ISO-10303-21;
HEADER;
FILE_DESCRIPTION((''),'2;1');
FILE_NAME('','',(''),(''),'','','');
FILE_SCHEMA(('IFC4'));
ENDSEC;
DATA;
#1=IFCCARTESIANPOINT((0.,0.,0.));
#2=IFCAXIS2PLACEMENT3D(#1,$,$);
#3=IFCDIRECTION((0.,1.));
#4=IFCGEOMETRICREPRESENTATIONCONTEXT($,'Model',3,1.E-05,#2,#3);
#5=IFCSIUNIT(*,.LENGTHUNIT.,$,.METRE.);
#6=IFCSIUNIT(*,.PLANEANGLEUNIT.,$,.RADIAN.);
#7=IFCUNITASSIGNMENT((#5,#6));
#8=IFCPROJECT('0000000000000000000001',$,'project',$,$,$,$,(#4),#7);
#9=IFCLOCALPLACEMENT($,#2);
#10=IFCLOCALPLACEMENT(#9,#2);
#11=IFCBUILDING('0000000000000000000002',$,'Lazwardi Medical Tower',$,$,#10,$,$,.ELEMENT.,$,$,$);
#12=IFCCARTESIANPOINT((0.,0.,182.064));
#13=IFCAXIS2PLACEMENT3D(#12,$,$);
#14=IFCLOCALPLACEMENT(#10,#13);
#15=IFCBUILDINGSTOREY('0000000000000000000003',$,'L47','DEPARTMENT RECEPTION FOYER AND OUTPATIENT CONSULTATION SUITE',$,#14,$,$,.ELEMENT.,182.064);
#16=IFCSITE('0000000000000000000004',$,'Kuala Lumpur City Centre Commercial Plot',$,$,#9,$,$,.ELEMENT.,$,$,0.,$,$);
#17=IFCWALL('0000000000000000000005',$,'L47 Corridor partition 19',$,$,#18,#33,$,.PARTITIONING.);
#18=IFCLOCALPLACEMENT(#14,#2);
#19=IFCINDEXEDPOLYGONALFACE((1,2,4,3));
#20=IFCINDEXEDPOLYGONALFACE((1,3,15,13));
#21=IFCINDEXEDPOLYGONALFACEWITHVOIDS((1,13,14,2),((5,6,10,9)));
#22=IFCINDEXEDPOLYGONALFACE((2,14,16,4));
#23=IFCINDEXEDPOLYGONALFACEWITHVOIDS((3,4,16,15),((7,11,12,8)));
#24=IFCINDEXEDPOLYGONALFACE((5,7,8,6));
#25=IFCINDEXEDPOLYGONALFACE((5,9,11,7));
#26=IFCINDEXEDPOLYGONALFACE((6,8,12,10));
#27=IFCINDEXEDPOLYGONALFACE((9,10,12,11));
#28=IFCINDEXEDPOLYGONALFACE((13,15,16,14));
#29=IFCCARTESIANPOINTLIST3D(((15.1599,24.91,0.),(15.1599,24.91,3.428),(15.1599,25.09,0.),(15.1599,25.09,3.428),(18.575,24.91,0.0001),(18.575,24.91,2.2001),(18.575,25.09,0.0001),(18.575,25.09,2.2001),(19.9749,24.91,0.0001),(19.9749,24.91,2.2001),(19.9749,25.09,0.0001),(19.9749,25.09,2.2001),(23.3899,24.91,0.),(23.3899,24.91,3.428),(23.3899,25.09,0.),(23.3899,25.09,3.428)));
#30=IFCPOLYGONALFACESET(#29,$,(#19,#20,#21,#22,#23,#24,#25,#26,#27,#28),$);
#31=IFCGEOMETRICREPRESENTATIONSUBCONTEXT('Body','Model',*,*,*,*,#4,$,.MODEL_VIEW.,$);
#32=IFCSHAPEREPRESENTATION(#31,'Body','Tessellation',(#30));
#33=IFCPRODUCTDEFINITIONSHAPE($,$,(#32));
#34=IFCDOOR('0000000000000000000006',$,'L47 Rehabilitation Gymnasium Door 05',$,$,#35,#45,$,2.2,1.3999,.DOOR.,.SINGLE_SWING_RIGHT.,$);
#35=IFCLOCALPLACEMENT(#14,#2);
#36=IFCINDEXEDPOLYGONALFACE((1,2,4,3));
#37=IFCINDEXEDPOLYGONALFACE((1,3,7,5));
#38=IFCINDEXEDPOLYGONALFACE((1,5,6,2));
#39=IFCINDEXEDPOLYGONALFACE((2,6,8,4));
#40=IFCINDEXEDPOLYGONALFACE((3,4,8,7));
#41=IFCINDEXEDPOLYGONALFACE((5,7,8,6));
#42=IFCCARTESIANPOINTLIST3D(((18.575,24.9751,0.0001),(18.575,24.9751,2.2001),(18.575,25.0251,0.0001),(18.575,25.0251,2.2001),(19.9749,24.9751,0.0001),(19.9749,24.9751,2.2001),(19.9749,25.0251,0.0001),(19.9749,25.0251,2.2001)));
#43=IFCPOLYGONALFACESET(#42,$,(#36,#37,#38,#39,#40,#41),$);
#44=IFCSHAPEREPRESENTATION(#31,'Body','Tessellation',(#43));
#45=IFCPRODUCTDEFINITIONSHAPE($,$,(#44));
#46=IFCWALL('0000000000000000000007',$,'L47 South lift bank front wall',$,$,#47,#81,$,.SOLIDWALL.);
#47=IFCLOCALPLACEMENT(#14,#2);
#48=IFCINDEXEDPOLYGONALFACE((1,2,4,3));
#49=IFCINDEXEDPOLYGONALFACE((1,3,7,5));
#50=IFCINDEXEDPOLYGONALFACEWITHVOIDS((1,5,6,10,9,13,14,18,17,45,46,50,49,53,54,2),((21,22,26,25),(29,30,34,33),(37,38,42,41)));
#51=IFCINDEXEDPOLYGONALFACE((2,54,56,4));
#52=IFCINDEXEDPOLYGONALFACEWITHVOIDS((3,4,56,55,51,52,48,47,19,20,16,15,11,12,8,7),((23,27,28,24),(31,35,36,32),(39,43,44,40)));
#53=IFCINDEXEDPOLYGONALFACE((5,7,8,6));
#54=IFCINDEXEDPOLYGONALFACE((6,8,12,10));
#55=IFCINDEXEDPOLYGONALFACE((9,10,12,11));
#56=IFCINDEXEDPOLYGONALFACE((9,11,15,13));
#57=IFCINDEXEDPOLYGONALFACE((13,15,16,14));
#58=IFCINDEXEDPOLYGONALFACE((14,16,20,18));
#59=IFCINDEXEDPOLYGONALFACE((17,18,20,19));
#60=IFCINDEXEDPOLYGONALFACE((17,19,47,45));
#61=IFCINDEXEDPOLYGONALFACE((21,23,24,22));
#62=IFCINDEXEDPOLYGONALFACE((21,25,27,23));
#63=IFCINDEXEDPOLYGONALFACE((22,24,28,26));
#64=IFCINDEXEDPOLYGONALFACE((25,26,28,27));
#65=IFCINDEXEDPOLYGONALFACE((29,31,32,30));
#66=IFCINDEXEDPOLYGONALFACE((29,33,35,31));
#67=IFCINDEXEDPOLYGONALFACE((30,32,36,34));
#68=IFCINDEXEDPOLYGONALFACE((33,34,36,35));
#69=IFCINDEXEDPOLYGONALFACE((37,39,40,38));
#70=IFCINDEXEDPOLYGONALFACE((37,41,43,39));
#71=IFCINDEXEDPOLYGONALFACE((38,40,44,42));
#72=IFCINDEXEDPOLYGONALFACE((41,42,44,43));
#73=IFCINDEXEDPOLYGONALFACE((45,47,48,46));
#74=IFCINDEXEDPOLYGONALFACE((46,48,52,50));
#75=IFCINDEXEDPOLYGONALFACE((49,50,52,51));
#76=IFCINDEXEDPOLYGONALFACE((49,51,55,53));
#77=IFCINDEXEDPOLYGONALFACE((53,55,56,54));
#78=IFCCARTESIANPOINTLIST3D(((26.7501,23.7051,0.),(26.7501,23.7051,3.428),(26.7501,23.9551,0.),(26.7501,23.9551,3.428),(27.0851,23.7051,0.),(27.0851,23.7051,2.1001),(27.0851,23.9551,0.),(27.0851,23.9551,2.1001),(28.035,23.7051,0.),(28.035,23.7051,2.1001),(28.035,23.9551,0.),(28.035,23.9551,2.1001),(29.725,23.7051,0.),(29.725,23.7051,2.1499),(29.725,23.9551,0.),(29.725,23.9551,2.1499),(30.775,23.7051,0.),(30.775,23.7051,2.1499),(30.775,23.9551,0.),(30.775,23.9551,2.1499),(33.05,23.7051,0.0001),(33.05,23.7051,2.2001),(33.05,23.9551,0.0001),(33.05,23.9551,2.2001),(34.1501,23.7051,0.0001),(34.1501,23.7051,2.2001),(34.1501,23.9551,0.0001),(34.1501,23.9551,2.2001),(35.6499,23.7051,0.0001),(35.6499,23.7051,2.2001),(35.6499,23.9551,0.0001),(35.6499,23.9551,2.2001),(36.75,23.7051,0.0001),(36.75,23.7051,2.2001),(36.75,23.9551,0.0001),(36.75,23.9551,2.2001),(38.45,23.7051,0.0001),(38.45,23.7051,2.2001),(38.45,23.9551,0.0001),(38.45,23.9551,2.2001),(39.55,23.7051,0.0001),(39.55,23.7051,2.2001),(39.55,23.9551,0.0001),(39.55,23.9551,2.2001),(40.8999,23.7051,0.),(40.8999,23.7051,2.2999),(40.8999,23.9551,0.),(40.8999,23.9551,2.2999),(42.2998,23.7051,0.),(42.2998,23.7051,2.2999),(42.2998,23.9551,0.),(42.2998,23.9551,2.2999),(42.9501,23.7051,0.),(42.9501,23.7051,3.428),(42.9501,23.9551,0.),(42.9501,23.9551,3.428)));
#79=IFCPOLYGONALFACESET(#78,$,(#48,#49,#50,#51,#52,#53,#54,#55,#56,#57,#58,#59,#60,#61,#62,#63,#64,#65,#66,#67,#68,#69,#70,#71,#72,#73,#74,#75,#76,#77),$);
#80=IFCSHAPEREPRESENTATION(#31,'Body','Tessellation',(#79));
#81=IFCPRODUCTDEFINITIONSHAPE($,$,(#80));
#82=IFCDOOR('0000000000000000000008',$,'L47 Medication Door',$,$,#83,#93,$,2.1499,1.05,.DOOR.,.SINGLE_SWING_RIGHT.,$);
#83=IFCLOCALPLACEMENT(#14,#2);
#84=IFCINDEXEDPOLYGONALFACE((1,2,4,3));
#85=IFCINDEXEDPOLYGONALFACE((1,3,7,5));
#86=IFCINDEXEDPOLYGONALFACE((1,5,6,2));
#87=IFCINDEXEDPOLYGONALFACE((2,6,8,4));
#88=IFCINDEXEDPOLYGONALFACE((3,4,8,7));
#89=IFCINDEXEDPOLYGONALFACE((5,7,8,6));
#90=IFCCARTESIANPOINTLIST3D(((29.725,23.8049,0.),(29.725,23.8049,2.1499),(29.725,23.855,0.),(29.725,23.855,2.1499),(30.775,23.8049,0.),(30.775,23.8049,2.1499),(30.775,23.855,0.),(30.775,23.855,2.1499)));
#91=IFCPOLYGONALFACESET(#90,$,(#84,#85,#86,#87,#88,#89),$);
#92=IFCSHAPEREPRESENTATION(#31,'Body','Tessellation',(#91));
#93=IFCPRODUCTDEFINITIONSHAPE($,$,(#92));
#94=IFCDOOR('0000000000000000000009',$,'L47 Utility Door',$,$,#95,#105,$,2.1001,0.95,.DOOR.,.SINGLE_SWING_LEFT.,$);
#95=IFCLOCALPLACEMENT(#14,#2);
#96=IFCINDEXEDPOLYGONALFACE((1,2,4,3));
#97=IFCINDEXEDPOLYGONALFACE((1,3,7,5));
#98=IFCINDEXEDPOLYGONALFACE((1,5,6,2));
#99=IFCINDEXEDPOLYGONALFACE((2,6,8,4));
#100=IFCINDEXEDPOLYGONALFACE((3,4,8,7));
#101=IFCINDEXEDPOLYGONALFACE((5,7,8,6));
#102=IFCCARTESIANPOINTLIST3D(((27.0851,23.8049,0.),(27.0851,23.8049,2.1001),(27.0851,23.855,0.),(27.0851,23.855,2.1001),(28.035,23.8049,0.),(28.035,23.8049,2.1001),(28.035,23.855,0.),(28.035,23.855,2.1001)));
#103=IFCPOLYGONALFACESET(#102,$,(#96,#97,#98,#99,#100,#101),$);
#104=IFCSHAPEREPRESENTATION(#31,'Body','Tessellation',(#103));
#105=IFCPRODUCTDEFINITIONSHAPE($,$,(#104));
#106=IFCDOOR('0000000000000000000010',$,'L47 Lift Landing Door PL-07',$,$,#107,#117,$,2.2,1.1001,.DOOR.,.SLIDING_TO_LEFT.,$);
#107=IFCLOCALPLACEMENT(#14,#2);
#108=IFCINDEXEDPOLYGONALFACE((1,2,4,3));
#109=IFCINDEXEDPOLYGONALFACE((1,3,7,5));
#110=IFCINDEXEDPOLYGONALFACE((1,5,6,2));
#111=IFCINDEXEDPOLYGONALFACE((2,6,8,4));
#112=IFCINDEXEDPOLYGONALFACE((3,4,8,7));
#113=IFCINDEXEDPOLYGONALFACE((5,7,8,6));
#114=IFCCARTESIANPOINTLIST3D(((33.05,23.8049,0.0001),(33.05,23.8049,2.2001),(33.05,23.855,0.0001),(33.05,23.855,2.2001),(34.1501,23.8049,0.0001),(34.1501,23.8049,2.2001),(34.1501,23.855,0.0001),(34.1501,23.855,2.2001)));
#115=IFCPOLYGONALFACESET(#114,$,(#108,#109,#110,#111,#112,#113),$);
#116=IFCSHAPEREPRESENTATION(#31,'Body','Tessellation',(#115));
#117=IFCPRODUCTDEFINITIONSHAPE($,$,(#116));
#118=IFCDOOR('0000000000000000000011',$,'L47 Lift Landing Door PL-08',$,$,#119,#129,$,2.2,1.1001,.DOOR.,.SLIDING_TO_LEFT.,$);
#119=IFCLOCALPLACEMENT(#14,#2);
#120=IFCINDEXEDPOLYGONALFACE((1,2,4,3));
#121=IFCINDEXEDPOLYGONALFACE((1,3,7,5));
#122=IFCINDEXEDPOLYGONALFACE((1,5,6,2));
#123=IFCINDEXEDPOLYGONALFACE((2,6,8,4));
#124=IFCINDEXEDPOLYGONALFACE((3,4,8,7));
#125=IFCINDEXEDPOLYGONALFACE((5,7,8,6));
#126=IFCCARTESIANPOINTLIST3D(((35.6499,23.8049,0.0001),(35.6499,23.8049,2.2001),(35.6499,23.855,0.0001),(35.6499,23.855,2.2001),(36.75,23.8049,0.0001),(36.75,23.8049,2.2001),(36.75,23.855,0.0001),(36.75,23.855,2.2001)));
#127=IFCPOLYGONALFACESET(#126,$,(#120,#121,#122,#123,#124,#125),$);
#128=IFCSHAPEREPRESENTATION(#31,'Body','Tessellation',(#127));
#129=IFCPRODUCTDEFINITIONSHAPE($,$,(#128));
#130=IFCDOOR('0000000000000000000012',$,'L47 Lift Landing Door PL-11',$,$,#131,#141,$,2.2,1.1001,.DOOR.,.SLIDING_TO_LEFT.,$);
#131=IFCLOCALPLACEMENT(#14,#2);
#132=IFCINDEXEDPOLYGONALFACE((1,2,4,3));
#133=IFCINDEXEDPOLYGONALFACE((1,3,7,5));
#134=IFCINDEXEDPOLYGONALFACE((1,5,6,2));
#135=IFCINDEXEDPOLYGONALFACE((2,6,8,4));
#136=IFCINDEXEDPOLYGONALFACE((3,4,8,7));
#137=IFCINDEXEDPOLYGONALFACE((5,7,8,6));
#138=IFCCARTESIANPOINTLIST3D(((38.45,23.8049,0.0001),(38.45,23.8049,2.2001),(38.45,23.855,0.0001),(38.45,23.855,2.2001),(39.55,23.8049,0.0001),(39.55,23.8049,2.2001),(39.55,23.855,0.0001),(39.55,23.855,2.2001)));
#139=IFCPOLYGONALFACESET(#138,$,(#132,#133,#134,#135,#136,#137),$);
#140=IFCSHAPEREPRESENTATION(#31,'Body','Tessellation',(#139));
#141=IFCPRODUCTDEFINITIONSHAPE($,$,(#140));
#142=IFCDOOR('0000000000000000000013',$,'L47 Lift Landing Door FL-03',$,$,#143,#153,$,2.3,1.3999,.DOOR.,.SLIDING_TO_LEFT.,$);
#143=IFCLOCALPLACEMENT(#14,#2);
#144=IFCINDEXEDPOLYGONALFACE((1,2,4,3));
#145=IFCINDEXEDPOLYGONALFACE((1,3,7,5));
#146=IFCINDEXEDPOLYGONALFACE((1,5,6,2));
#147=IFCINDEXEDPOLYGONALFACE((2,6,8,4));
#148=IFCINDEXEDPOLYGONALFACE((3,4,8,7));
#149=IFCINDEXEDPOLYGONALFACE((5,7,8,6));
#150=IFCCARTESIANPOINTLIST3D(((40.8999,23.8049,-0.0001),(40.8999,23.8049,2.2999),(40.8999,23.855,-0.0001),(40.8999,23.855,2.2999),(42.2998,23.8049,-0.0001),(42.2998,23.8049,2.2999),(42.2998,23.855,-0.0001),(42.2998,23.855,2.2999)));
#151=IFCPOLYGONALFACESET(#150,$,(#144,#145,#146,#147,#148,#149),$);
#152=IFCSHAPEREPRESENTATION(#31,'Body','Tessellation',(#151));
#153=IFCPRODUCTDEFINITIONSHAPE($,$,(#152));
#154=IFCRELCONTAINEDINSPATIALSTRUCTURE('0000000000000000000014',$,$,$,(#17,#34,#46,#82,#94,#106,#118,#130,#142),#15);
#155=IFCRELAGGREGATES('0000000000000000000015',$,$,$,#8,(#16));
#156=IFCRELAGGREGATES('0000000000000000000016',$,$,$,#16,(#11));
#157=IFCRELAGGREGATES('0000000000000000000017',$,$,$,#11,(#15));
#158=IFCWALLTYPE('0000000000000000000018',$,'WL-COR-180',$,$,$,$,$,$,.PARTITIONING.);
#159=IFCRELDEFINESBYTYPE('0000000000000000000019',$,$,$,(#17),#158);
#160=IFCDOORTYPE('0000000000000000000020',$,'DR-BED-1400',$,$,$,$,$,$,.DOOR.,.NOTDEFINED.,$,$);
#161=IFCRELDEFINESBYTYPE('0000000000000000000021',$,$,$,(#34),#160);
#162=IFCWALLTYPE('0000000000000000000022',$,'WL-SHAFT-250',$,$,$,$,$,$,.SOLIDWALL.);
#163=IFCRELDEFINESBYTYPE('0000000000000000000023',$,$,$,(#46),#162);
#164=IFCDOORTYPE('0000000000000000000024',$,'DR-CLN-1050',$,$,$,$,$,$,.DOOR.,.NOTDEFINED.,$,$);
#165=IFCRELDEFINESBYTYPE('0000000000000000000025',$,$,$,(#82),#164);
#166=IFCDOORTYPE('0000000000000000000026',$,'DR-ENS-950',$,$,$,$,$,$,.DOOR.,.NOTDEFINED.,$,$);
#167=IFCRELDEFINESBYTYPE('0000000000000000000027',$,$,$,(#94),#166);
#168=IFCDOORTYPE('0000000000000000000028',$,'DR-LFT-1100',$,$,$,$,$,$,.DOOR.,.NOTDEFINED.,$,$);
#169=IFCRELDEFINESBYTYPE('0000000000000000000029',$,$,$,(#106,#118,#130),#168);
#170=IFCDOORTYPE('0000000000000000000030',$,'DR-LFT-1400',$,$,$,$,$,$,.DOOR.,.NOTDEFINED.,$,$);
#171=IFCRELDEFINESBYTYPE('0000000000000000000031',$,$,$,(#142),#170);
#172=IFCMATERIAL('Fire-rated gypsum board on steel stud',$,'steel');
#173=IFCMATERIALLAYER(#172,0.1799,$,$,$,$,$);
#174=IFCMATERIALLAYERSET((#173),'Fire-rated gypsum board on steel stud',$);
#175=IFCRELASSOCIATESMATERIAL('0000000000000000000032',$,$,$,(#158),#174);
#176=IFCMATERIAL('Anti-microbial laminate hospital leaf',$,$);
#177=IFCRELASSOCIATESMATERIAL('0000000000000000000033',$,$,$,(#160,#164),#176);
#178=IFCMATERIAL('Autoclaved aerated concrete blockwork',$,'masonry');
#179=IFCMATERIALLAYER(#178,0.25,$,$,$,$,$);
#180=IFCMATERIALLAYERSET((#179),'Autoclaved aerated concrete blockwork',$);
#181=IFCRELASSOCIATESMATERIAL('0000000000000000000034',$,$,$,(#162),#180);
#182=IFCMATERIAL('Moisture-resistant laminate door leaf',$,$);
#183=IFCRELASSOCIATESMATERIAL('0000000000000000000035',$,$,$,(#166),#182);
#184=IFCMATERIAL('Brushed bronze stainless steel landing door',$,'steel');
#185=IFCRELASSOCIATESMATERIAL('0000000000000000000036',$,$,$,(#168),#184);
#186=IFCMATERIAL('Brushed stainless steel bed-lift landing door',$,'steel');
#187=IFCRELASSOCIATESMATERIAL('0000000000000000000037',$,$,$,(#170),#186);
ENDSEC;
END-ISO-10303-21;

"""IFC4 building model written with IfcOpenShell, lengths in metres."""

from ifc_helpers import new_model, si_unit, direction, frame, frame_2d, origin, place, context, subcontext, project, spatial, rectangle, extrude, material, layer, layer_set, type_object, element, fill, save


model = new_model("IFC4")

# Units and contexts
model_context = context("Model", 3, precision=1e-05, world=origin(), true_north=direction((0.0, 1.0)))
body_context = subcontext(model_context, "Body", "Model", "MODEL_VIEW")
ifc_project = project(units=[si_unit("LENGTHUNIT", "METRE"), si_unit("PLANEANGLEUNIT", "RADIAN")], contexts=[model_context])

# Site, building, storey
site_placement = place(None, origin())
site = spatial("IfcSite", under=ifc_project, at=site_placement, Name="Kuala Lumpur City Centre Commercial Plot", CompositionType="ELEMENT", RefElevation=0.0)
building_placement = place(site_placement, origin())
building = spatial("IfcBuilding", under=site, at=building_placement, Name="Lazwardi Medical Tower", CompositionType="ELEMENT")
storey_placement = place(building_placement, frame((0.0, 0.0, 182.064)))
storey = spatial("IfcBuildingStorey", under=building, at=storey_placement, Name="L47", Description="DEPARTMENT RECEPTION FOYER AND OUTPATIENT CONSULTATION SUITE", CompositionType="ELEMENT", Elevation=182.064)

# Wall, opening, door
ifc_material_1 = material(Name="Fire-rated gypsum board on steel stud", Category="steel")
ifc_layer_1 = layer(ifc_material_1, 0.1799)
ifc_layer_set_1 = layer_set([ifc_layer_1], Name="Fire-rated gypsum board on steel stud")
wall_type_1 = type_object("IfcWallType", Name="WL-COR-180", PredefinedType="PARTITIONING", material=ifc_layer_set_1)
wall_1_placement = place(storey_placement, frame((23.3899, 25.0, 0.0), z_axis=(0.0, 0.0, 1.0), x_axis=(-1.0, 0.0, 0.0)))
wall_1 = element("IfcWall", 1, at=wall_1_placement, inside=storey, type_object=wall_type_1, Name="L47 Corridor partition 19", PredefinedType="PARTITIONING", context=body_context, shape_type="SweptSolid", body=[
    extrude(rectangle(XDim=8.23, YDim=0.1799, at=frame_2d((4.115, 0.0))), origin(), (0.0, 0.0, 1.0), 3.428),
])
opening_1_placement = place(wall_1_placement, frame((3.415, 0.0, 0.0)))
opening_1 = element("IfcOpeningElement", 2, at=opening_1_placement, cuts=wall_1, PredefinedType="OPENING", context=body_context, shape_type="SweptSolid", body=[
    extrude(rectangle(XDim=1.3999, YDim=2.2, at=frame_2d((0.7, 1.1001))), frame((0.0, 0.0999, 0.0), z_axis=(0.0, -1.0, 0.0), x_axis=(1.0, 0.0, 0.0)), (0.0, 0.0, 1.0), 0.2),
])
ifc_material_2 = material(Name="Anti-microbial laminate hospital leaf")
door_type_1 = type_object("IfcDoorType", Name="DR-BED-1400", OperationType="NOTDEFINED", PredefinedType="DOOR", material=ifc_material_2)
door_1_placement = place(opening_1_placement, origin())
door_1 = element("IfcDoor", 3, at=door_1_placement, inside=storey, type_object=door_type_1, Name="L47 Rehabilitation Gymnasium Door 05", OperationType="SINGLE_SWING_RIGHT", OverallHeight=2.2, OverallWidth=1.3999, PredefinedType="DOOR", context=body_context, shape_type="SweptSolid", body=[
    extrude(rectangle(XDim=1.3999, YDim=2.2, at=frame_2d((0.7, 1.1001))), frame((0.0, 0.0249, 0.0), z_axis=(0.0, -1.0, 0.0), x_axis=(1.0, 0.0, 0.0)), (0.0, 0.0, 1.0), 0.05),
])
fill(opening_1, door_1)

# Wall, openings, doors
ifc_material_3 = material(Name="Autoclaved aerated concrete blockwork", Category="masonry")
ifc_layer_2 = layer(ifc_material_3, 0.25)
ifc_layer_set_2 = layer_set([ifc_layer_2], Name="Autoclaved aerated concrete blockwork")
wall_type_2 = type_object("IfcWallType", Name="WL-SHAFT-250", PredefinedType="SOLIDWALL", material=ifc_layer_set_2)
wall_2_placement = place(storey_placement, frame((26.75, 23.8301, 0.0), z_axis=(0.0, 0.0, 1.0), x_axis=(1.0, 0.0, 0.0)))
wall_2 = element("IfcWall", 4, at=wall_2_placement, inside=storey, type_object=wall_type_2, Name="L47 South lift bank front wall", PredefinedType="SOLIDWALL", context=body_context, shape_type="SweptSolid", body=[
    extrude(rectangle(XDim=16.2, YDim=0.25, at=frame_2d((8.1001, 0.0))), origin(), (0.0, 0.0, 1.0), 3.428),
])
opening_2_placement = place(wall_2_placement, frame((0.335, 0.0, 0.0)))
opening_2 = element("IfcOpeningElement", 5, at=opening_2_placement, cuts=wall_2, PredefinedType="OPENING", context=body_context, shape_type="SweptSolid", body=[
    extrude(rectangle(XDim=0.95, YDim=2.1001, at=frame_2d((0.4751, 1.05))), frame((0.0, 0.135, 0.0), z_axis=(0.0, -1.0, 0.0), x_axis=(1.0, 0.0, 0.0)), (0.0, 0.0, 1.0), 0.27),
])
opening_3_placement = place(wall_2_placement, frame((2.9751, 0.0, 0.0)))
opening_3 = element("IfcOpeningElement", 6, at=opening_3_placement, cuts=wall_2, PredefinedType="OPENING", context=body_context, shape_type="SweptSolid", body=[
    extrude(rectangle(XDim=1.05, YDim=2.1499, at=frame_2d((0.5249, 1.075))), frame((0.0, 0.135, 0.0), z_axis=(0.0, -1.0, 0.0), x_axis=(1.0, 0.0, 0.0)), (0.0, 0.0, 1.0), 0.27),
])
opening_4_placement = place(wall_2_placement, frame((6.3, 0.0, 0.0)))
opening_4 = element("IfcOpeningElement", 7, at=opening_4_placement, cuts=wall_2, PredefinedType="OPENING", context=body_context, shape_type="SweptSolid", body=[
    extrude(rectangle(XDim=1.1001, YDim=2.2, at=frame_2d((0.55, 1.1001))), frame((0.0, 0.135, 0.0), z_axis=(0.0, -1.0, 0.0), x_axis=(1.0, 0.0, 0.0)), (0.0, 0.0, 1.0), 0.27),
])
opening_5_placement = place(wall_2_placement, frame((8.8999, 0.0, 0.0)))
opening_5 = element("IfcOpeningElement", 8, at=opening_5_placement, cuts=wall_2, PredefinedType="OPENING", context=body_context, shape_type="SweptSolid", body=[
    extrude(rectangle(XDim=1.1001, YDim=2.2, at=frame_2d((0.55, 1.1001))), frame((0.0, 0.135, 0.0), z_axis=(0.0, -1.0, 0.0), x_axis=(1.0, 0.0, 0.0)), (0.0, 0.0, 1.0), 0.27),
])
opening_6_placement = place(wall_2_placement, frame((11.7, 0.0, 0.0)))
opening_6 = element("IfcOpeningElement", 9, at=opening_6_placement, cuts=wall_2, PredefinedType="OPENING", context=body_context, shape_type="SweptSolid", body=[
    extrude(rectangle(XDim=1.1001, YDim=2.2, at=frame_2d((0.55, 1.1001))), frame((0.0, 0.135, 0.0), z_axis=(0.0, -1.0, 0.0), x_axis=(1.0, 0.0, 0.0)), (0.0, 0.0, 1.0), 0.27),
])
opening_7_placement = place(wall_2_placement, frame((14.1499, 0.0, 0.0)))
opening_7 = element("IfcOpeningElement", 10, at=opening_7_placement, cuts=wall_2, PredefinedType="OPENING", context=body_context, shape_type="SweptSolid", body=[
    extrude(rectangle(XDim=1.3999, YDim=2.3, at=frame_2d((0.7, 1.1499))), frame((0.0, 0.135, 0.0), z_axis=(0.0, -1.0, 0.0), x_axis=(1.0, 0.0, 0.0)), (0.0, 0.0, 1.0), 0.27),
])
door_type_2 = type_object("IfcDoorType", Name="DR-CLN-1050", OperationType="NOTDEFINED", PredefinedType="DOOR", material=ifc_material_2)
door_2_placement = place(opening_3_placement, origin())
door_2 = element("IfcDoor", 11, at=door_2_placement, inside=storey, type_object=door_type_2, Name="L47 Medication Door", OperationType="SINGLE_SWING_RIGHT", OverallHeight=2.1499, OverallWidth=1.05, PredefinedType="DOOR", context=body_context, shape_type="SweptSolid", body=[
    extrude(rectangle(XDim=1.05, YDim=2.1499, at=frame_2d((0.5249, 1.075))), frame((0.0, 0.0249, 0.0), z_axis=(0.0, -1.0, 0.0), x_axis=(1.0, 0.0, 0.0)), (0.0, 0.0, 1.0), 0.05),
])
fill(opening_3, door_2)
ifc_material_4 = material(Name="Moisture-resistant laminate door leaf")
door_type_3 = type_object("IfcDoorType", Name="DR-ENS-950", OperationType="NOTDEFINED", PredefinedType="DOOR", material=ifc_material_4)
door_3_placement = place(opening_2_placement, origin())
door_3 = element("IfcDoor", 12, at=door_3_placement, inside=storey, type_object=door_type_3, Name="L47 Utility Door", OperationType="SINGLE_SWING_LEFT", OverallHeight=2.1001, OverallWidth=0.95, PredefinedType="DOOR", context=body_context, shape_type="SweptSolid", body=[
    extrude(rectangle(XDim=0.95, YDim=2.1001, at=frame_2d((0.4751, 1.05))), frame((0.0, 0.0249, 0.0), z_axis=(0.0, -1.0, 0.0), x_axis=(1.0, 0.0, 0.0)), (0.0, 0.0, 1.0), 0.05),
])
fill(opening_2, door_3)
ifc_material_5 = material(Name="Brushed bronze stainless steel landing door", Category="steel")
door_type_4 = type_object("IfcDoorType", Name="DR-LFT-1100", OperationType="NOTDEFINED", PredefinedType="DOOR", material=ifc_material_5)
door_4_placement = place(opening_4_placement, origin())
door_4 = element("IfcDoor", 13, at=door_4_placement, inside=storey, type_object=door_type_4, Name="L47 Lift Landing Door PL-07", OperationType="SLIDING_TO_LEFT", OverallHeight=2.2, OverallWidth=1.1001, PredefinedType="DOOR", context=body_context, shape_type="SweptSolid", body=[
    extrude(rectangle(XDim=1.1001, YDim=2.2, at=frame_2d((0.55, 1.1001))), frame((0.0, 0.0249, 0.0), z_axis=(0.0, -1.0, 0.0), x_axis=(1.0, 0.0, 0.0)), (0.0, 0.0, 1.0), 0.05),
])
fill(opening_4, door_4)
door_5_placement = place(opening_5_placement, origin())
door_5 = element("IfcDoor", 14, at=door_5_placement, inside=storey, type_object=door_type_4, Name="L47 Lift Landing Door PL-08", OperationType="SLIDING_TO_LEFT", OverallHeight=2.2, OverallWidth=1.1001, PredefinedType="DOOR", context=body_context, shape_type="SweptSolid", body=[
    extrude(rectangle(XDim=1.1001, YDim=2.2, at=frame_2d((0.55, 1.1001))), frame((0.0, 0.0249, 0.0), z_axis=(0.0, -1.0, 0.0), x_axis=(1.0, 0.0, 0.0)), (0.0, 0.0, 1.0), 0.05),
])
fill(opening_5, door_5)
door_6_placement = place(opening_6_placement, origin())
door_6 = element("IfcDoor", 15, at=door_6_placement, inside=storey, type_object=door_type_4, Name="L47 Lift Landing Door PL-11", OperationType="SLIDING_TO_LEFT", OverallHeight=2.2, OverallWidth=1.1001, PredefinedType="DOOR", context=body_context, shape_type="SweptSolid", body=[
    extrude(rectangle(XDim=1.1001, YDim=2.2, at=frame_2d((0.55, 1.1001))), frame((0.0, 0.0249, 0.0), z_axis=(0.0, -1.0, 0.0), x_axis=(1.0, 0.0, 0.0)), (0.0, 0.0, 1.0), 0.05),
])
fill(opening_6, door_6)
ifc_material_6 = material(Name="Brushed stainless steel bed-lift landing door", Category="steel")
door_type_5 = type_object("IfcDoorType", Name="DR-LFT-1400", OperationType="NOTDEFINED", PredefinedType="DOOR", material=ifc_material_6)
door_7_placement = place(opening_7_placement, origin())
door_7 = element("IfcDoor", 16, at=door_7_placement, inside=storey, type_object=door_type_5, Name="L47 Lift Landing Door FL-03", OperationType="SLIDING_TO_LEFT", OverallHeight=2.3, OverallWidth=1.3999, PredefinedType="DOOR", context=body_context, shape_type="SweptSolid", body=[
    extrude(rectangle(XDim=1.3999, YDim=2.3, at=frame_2d((0.7, 1.1499))), frame((0.0, 0.0249, 0.0), z_axis=(0.0, -1.0, 0.0), x_axis=(1.0, 0.0, 0.0)), (0.0, 0.0, 1.0), 0.05),
])
fill(opening_7, door_7)

save(model, "model.ifc")
